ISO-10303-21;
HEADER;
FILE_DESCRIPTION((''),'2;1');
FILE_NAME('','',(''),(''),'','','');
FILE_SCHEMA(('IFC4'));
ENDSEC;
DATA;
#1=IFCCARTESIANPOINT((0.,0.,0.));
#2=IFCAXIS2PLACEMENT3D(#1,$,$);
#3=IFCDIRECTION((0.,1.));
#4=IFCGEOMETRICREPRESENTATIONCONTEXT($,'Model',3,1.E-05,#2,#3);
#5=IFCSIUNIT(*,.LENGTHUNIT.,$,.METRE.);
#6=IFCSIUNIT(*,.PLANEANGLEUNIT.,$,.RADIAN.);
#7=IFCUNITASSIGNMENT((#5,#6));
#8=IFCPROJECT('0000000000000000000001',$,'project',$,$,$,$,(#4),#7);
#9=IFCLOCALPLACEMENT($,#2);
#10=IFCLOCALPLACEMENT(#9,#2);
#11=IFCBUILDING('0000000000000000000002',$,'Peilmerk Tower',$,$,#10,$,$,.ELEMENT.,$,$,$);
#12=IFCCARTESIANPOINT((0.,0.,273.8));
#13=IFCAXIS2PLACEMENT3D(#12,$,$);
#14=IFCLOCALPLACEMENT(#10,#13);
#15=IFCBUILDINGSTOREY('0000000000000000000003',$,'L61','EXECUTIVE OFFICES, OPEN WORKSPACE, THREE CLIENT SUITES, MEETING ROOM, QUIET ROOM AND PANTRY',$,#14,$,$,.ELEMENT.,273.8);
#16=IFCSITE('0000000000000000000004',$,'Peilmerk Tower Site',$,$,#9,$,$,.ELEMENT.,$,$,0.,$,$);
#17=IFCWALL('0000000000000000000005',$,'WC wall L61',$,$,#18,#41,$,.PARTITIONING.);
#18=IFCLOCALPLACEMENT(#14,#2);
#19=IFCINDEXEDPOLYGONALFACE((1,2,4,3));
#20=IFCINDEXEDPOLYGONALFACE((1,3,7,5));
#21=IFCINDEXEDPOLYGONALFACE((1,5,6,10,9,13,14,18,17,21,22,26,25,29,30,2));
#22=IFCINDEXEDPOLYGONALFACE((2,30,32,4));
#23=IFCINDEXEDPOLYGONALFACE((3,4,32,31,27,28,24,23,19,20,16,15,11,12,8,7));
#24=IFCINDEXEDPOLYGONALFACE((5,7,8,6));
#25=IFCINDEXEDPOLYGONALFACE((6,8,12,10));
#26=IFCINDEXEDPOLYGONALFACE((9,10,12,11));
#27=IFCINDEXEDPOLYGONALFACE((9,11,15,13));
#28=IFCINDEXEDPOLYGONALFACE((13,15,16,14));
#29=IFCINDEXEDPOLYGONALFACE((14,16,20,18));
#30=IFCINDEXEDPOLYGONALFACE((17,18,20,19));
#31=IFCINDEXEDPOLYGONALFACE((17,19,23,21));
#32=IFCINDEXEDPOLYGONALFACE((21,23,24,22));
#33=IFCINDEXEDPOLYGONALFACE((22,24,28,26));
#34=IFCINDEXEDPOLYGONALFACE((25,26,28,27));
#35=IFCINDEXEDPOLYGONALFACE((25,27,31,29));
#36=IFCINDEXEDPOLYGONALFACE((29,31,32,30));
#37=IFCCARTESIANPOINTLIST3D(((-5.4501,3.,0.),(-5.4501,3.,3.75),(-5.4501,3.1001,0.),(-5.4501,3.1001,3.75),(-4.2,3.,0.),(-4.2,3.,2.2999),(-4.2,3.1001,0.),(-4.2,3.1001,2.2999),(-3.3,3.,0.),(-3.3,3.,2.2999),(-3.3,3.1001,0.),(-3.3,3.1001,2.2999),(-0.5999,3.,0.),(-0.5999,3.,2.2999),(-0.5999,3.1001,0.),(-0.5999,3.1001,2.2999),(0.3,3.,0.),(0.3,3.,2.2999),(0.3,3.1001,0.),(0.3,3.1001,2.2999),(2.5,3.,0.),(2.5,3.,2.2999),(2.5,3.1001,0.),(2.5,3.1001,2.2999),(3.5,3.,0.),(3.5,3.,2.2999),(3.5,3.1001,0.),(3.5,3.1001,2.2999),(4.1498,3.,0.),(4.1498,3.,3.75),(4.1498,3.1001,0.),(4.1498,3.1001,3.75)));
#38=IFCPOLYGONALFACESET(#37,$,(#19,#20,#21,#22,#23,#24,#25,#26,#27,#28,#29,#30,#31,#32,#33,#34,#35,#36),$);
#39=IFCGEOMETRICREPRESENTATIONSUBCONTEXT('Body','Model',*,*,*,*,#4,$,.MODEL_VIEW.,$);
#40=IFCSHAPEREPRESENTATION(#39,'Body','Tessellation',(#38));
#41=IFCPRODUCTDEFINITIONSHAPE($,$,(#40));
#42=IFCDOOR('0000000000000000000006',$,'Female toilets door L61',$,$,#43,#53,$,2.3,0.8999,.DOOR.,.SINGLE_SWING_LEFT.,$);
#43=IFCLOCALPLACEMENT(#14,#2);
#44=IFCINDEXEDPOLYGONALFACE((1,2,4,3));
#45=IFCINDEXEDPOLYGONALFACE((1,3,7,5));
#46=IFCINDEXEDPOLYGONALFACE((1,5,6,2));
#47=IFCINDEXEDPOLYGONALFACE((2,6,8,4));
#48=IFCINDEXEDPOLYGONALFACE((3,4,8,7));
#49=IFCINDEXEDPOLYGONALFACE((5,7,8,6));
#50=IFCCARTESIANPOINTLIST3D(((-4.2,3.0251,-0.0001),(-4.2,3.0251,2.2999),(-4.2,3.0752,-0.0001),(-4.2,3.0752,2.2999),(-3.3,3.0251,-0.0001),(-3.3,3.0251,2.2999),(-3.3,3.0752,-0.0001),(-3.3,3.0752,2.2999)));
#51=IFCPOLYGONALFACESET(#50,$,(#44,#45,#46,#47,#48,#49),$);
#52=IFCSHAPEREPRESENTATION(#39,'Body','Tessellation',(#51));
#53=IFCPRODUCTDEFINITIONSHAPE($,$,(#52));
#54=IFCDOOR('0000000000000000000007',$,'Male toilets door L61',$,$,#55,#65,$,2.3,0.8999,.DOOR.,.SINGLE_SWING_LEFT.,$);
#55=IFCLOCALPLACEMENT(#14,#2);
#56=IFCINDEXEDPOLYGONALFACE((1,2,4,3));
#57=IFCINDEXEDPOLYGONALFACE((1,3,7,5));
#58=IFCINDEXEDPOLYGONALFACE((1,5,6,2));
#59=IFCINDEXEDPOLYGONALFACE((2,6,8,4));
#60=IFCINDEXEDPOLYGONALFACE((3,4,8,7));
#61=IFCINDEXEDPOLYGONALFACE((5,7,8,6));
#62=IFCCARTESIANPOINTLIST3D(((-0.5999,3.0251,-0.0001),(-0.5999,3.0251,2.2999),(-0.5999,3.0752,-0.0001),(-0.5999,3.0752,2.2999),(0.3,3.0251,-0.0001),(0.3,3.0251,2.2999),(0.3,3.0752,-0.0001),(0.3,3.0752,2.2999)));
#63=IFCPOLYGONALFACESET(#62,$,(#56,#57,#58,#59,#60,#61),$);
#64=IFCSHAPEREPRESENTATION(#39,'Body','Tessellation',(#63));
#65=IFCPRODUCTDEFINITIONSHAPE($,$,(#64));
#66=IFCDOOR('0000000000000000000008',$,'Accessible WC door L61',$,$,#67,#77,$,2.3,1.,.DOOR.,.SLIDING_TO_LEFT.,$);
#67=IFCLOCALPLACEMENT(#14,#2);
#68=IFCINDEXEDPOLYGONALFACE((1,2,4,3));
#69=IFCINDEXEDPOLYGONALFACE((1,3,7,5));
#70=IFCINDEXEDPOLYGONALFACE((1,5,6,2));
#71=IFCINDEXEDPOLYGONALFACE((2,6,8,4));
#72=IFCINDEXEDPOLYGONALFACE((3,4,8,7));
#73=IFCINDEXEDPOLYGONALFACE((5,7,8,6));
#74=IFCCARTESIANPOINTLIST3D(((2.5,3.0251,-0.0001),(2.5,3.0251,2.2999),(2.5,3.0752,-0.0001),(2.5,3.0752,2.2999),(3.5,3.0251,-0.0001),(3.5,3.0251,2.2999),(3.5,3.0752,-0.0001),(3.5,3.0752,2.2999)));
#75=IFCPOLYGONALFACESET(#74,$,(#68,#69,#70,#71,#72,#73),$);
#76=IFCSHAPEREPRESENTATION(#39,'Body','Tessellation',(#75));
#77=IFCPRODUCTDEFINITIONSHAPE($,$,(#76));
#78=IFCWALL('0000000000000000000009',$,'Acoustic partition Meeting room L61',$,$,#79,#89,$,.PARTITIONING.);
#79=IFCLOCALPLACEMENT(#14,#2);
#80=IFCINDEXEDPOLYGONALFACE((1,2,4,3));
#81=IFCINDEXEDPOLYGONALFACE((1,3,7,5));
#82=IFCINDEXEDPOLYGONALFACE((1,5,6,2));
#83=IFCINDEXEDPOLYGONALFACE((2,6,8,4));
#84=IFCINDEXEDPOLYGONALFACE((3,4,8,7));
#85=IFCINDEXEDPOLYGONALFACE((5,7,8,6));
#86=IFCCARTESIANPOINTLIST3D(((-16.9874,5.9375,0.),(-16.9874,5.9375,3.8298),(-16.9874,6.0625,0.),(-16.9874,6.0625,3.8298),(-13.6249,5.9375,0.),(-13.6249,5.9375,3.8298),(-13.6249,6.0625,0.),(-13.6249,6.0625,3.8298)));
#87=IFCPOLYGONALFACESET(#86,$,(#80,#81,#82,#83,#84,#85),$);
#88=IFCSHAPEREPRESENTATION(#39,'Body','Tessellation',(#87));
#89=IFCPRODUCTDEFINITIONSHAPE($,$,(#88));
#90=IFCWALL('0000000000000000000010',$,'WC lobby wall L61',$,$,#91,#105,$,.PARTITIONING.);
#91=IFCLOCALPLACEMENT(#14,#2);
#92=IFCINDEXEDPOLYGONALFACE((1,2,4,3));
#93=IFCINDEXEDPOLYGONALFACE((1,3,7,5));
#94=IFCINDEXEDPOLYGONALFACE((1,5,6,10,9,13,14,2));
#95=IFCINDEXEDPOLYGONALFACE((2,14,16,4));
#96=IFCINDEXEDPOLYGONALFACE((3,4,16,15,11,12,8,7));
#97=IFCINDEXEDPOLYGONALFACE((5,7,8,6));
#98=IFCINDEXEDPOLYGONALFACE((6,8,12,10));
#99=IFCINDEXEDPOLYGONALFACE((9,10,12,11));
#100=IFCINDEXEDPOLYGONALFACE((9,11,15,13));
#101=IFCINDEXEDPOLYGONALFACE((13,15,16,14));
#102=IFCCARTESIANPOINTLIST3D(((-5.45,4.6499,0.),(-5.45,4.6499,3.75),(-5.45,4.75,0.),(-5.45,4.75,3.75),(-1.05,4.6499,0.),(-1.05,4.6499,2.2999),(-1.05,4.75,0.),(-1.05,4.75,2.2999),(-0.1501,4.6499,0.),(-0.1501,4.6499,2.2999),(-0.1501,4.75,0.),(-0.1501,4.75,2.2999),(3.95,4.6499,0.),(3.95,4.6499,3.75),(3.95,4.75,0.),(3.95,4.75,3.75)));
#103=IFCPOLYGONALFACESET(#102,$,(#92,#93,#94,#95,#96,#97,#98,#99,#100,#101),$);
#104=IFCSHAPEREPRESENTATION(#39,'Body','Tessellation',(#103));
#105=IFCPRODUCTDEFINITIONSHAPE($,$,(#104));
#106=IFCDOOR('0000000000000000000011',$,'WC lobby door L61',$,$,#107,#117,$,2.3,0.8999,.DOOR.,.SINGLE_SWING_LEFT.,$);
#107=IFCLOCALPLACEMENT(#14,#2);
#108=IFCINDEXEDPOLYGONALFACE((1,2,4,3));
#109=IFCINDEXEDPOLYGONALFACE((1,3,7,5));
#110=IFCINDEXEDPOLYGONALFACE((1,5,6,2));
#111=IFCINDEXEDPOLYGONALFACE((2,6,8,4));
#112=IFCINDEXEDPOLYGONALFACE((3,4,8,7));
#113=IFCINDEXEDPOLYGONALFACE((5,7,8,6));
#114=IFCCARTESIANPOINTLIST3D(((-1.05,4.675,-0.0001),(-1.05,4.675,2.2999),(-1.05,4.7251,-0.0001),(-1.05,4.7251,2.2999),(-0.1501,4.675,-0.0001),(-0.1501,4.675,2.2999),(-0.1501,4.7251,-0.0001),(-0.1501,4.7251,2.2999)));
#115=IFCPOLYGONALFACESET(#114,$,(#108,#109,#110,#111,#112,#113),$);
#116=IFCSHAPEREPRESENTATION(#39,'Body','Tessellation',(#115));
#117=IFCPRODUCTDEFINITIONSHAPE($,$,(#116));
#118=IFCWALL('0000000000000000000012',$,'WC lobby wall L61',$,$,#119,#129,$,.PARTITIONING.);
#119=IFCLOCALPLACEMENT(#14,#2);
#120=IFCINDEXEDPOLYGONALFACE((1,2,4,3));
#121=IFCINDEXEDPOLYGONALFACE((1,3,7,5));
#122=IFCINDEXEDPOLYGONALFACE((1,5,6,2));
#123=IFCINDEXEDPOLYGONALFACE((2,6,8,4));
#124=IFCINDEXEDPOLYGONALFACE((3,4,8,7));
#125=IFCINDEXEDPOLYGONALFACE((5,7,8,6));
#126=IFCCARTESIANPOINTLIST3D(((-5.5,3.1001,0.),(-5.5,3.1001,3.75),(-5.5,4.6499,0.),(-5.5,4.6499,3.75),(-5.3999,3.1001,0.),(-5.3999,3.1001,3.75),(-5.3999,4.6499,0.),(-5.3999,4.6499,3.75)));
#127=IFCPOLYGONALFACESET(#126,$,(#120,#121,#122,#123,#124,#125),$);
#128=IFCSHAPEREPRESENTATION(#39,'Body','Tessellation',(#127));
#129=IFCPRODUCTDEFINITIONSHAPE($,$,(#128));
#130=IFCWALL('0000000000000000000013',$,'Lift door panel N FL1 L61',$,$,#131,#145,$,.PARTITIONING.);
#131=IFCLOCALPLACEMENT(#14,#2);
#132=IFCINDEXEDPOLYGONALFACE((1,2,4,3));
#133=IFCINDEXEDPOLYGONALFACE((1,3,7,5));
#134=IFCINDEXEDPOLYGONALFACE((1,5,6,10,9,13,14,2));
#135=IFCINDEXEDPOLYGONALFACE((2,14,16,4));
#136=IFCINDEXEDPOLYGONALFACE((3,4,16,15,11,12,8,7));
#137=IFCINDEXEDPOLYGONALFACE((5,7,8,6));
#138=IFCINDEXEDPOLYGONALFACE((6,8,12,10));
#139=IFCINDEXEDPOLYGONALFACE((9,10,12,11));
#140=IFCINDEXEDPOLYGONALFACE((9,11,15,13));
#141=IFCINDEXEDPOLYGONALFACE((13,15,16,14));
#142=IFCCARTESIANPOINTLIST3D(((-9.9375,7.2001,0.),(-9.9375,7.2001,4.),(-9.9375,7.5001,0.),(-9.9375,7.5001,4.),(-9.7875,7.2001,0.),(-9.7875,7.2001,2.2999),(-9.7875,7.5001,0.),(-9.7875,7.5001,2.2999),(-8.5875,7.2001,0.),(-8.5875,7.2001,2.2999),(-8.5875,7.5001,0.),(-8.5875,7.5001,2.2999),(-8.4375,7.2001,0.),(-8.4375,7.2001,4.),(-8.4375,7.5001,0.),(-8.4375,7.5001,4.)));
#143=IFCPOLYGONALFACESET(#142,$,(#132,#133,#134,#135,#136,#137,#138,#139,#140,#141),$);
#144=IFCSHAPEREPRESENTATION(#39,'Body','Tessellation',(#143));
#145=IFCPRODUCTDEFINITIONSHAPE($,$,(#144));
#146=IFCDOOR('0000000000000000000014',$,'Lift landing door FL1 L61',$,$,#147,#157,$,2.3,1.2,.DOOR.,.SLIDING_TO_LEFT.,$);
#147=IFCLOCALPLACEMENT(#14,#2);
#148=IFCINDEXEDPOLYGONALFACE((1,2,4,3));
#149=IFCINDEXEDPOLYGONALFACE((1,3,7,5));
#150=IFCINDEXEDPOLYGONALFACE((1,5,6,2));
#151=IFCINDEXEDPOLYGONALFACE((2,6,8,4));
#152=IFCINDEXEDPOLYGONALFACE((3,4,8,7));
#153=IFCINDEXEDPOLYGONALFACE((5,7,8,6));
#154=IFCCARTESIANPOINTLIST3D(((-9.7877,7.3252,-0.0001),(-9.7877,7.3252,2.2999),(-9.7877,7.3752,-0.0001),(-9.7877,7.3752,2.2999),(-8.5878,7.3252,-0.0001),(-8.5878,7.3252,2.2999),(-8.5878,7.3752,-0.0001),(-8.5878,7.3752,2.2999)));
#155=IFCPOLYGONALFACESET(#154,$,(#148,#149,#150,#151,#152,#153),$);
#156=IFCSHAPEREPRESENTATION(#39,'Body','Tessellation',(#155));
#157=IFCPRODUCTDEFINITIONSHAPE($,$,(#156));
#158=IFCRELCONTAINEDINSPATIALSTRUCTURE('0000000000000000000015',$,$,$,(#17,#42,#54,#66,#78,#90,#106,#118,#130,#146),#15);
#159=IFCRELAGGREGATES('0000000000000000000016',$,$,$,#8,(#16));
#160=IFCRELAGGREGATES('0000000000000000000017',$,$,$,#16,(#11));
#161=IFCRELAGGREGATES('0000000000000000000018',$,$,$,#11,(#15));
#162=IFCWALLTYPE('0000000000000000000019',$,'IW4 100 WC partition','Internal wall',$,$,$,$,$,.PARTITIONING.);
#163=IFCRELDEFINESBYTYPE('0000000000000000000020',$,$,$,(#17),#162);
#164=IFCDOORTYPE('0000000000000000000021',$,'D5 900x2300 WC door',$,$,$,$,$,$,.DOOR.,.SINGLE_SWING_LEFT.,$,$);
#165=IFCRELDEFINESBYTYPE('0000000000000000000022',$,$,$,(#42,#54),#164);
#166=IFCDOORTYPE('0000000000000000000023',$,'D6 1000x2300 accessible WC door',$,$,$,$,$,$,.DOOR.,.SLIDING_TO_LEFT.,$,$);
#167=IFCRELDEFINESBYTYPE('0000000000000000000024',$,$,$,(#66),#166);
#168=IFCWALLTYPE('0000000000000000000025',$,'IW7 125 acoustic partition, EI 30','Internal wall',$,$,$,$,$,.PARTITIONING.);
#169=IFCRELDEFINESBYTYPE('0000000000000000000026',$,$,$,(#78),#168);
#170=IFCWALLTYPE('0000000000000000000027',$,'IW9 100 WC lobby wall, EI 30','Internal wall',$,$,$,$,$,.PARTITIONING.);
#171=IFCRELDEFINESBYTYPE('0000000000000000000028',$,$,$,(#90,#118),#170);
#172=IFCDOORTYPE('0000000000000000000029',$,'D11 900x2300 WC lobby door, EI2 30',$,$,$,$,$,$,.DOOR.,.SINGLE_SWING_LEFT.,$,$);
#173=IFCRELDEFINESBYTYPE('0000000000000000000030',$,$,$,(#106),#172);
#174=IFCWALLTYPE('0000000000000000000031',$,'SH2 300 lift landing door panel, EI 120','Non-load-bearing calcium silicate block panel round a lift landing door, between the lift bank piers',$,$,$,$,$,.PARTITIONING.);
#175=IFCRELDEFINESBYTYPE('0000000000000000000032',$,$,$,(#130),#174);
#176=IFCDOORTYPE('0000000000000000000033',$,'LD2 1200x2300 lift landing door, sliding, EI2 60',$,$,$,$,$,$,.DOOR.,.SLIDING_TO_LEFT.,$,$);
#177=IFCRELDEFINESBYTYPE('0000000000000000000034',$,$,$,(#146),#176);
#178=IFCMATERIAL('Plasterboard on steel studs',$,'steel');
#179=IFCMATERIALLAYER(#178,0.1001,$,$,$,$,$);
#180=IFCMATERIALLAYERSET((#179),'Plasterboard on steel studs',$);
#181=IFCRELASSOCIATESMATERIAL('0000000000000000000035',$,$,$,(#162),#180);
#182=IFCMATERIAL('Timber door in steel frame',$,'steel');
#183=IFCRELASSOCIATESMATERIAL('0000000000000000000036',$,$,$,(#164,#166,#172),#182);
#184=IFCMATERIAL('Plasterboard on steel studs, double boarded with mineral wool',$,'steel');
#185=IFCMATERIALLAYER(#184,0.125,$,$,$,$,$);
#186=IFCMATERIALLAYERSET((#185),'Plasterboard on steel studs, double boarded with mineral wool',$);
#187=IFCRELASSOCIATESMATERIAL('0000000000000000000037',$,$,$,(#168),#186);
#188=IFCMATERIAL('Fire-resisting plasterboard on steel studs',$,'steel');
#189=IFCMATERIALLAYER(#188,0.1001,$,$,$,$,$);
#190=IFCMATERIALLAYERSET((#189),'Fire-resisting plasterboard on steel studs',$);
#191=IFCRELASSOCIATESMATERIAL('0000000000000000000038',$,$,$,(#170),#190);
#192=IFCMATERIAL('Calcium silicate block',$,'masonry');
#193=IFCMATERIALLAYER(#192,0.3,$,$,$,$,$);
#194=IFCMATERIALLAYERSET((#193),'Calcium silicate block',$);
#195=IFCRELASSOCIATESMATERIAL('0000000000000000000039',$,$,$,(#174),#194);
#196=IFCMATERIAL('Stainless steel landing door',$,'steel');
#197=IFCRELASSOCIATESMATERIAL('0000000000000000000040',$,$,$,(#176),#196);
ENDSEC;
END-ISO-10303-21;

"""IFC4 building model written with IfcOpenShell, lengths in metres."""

from ifc_helpers import new_model, si_unit, direction, frame, frame_2d, origin, place, context, subcontext, project, spatial, rectangle, extrude, material, layer, layer_set, type_object, element, fill, save


model = new_model("IFC4")

# Units and contexts
model_context = context("Model", 3, precision=1e-05, world=origin(), true_north=direction((0.0, 1.0)))
body_context = subcontext(model_context, "Body", "Model", "MODEL_VIEW")
ifc_project = project(units=[si_unit("LENGTHUNIT", "METRE"), si_unit("PLANEANGLEUNIT", "RADIAN")], contexts=[model_context])

# Site, building, storey
site_placement = place(None, origin())
site = spatial("IfcSite", under=ifc_project, at=site_placement, Name="Peilmerk Tower Site", CompositionType="ELEMENT", RefElevation=0.0)
building_placement = place(site_placement, origin())
building = spatial("IfcBuilding", under=site, at=building_placement, Name="Peilmerk Tower", CompositionType="ELEMENT")
storey_placement = place(building_placement, frame((0.0, 0.0, 273.8)))
storey = spatial("IfcBuildingStorey", under=building, at=storey_placement, Name="L61", Description="EXECUTIVE OFFICES, OPEN WORKSPACE, THREE CLIENT SUITES, MEETING ROOM, QUIET ROOM AND PANTRY", CompositionType="ELEMENT", Elevation=273.8)

# Wall, openings, doors
ifc_material_1 = material(Name="Plasterboard on steel studs", Category="steel")
ifc_layer_1 = layer(ifc_material_1, 0.1001)
ifc_layer_set_1 = layer_set([ifc_layer_1], Name="Plasterboard on steel studs")
wall_type_1 = type_object("IfcWallType", Name="IW4 100 WC partition", Description="Internal wall", PredefinedType="PARTITIONING", material=ifc_layer_set_1)
wall_1_placement = place(storey_placement, frame((-5.45, 3.05, 0.0), z_axis=(0.0, 0.0, 1.0), x_axis=(1.0, 0.0, 0.0)))
wall_1 = element("IfcWall", 1, at=wall_1_placement, inside=storey, type_object=wall_type_1, Name="WC wall L61", PredefinedType="PARTITIONING", context=body_context, shape_type="SweptSolid", body=[
    extrude(rectangle(XDim=9.5999, YDim=0.1001, at=frame_2d((4.7998, 0.0))), origin(), (0.0, 0.0, 1.0), 3.75),
])
opening_1_placement = place(wall_1_placement, frame((1.25, 0.0, 0.0)))
opening_1 = element("IfcOpeningElement", 2, at=opening_1_placement, cuts=wall_1, PredefinedType="OPENING", context=body_context, shape_type="SweptSolid", body=[
    extrude(rectangle(XDim=0.8999, YDim=2.3, at=frame_2d((0.45, 1.1499))), frame((0.0, 0.0601, 0.0), z_axis=(0.0, -1.0, 0.0), x_axis=(1.0, 0.0, 0.0)), (0.0, 0.0, 1.0), 0.1201),
])
opening_2_placement = place(wall_1_placement, frame((4.8501, 0.0, 0.0)))
opening_2 = element("IfcOpeningElement", 3, at=opening_2_placement, cuts=wall_1, PredefinedType="OPENING", context=body_context, shape_type="SweptSolid", body=[
    extrude(rectangle(XDim=0.8999, YDim=2.3, at=frame_2d((0.45, 1.1499))), frame((0.0, 0.0601, 0.0), z_axis=(0.0, -1.0, 0.0), x_axis=(1.0, 0.0, 0.0)), (0.0, 0.0, 1.0), 0.1201),
])
opening_3_placement = place(wall_1_placement, frame((7.95, 0.0, 0.0)))
opening_3 = element("IfcOpeningElement", 4, at=opening_3_placement, cuts=wall_1, PredefinedType="OPENING", context=body_context, shape_type="SweptSolid", body=[
    extrude(rectangle(XDim=1.0, YDim=2.3, at=frame_2d((0.5, 1.1499))), frame((0.0, 0.0601, 0.0), z_axis=(0.0, -1.0, 0.0), x_axis=(1.0, 0.0, 0.0)), (0.0, 0.0, 1.0), 0.1201),
])
ifc_material_2 = material(Name="Timber door in steel frame", Category="steel")
door_type_1 = type_object("IfcDoorType", Name="D5 900x2300 WC door", OperationType="SINGLE_SWING_LEFT", PredefinedType="DOOR", material=ifc_material_2)
door_1_placement = place(opening_1_placement, frame((0.8999, 0.0, 0.0), z_axis=(0.0, 0.0, 1.0), x_axis=(-1.0, 0.0, 0.0)))
door_1 = element("IfcDoor", 5, at=door_1_placement, inside=storey, type_object=door_type_1, Name="Female toilets door L61", OperationType="SINGLE_SWING_LEFT", OverallHeight=2.3, OverallWidth=0.8999, PredefinedType="DOOR", context=body_context, shape_type="SweptSolid", body=[
    extrude(rectangle(XDim=0.8999, YDim=2.3, at=frame_2d((0.45, 1.1499))), frame((0.0, 0.0249, 0.0), z_axis=(0.0, -1.0, 0.0), x_axis=(1.0, 0.0, 0.0)), (0.0, 0.0, 1.0), 0.05),
])
fill(opening_1, door_1)
door_2_placement = place(opening_2_placement, frame((0.8999, 0.0, 0.0), z_axis=(0.0, 0.0, 1.0), x_axis=(-1.0, 0.0, 0.0)))
door_2 = element("IfcDoor", 6, at=door_2_placement, inside=storey, type_object=door_type_1, Name="Male toilets door L61", OperationType="SINGLE_SWING_LEFT", OverallHeight=2.3, OverallWidth=0.8999, PredefinedType="DOOR", context=body_context, shape_type="SweptSolid", body=[
    extrude(rectangle(XDim=0.8999, YDim=2.3, at=frame_2d((0.45, 1.1499))), frame((0.0, 0.0249, 0.0), z_axis=(0.0, -1.0, 0.0), x_axis=(1.0, 0.0, 0.0)), (0.0, 0.0, 1.0), 0.05),
])
fill(opening_2, door_2)
door_type_2 = type_object("IfcDoorType", Name="D6 1000x2300 accessible WC door", OperationType="SLIDING_TO_LEFT", PredefinedType="DOOR", material=ifc_material_2)
door_3_placement = place(opening_3_placement, frame((1.0, 0.0, 0.0), z_axis=(0.0, 0.0, 1.0), x_axis=(-1.0, 0.0, 0.0)))
door_3 = element("IfcDoor", 7, at=door_3_placement, inside=storey, type_object=door_type_2, Name="Accessible WC door L61", OperationType="SLIDING_TO_LEFT", OverallHeight=2.3, OverallWidth=1.0, PredefinedType="DOOR", context=body_context, shape_type="SweptSolid", body=[
    extrude(rectangle(XDim=1.0, YDim=2.3, at=frame_2d((0.5, 1.1499))), frame((0.0, 0.0249, 0.0), z_axis=(0.0, -1.0, 0.0), x_axis=(1.0, 0.0, 0.0)), (0.0, 0.0, 1.0), 0.05),
])
fill(opening_3, door_3)

# Wall
ifc_material_3 = material(Name="Plasterboard on steel studs, double boarded with mineral wool", Category="steel")
ifc_layer_2 = layer(ifc_material_3, 0.125)
ifc_layer_set_2 = layer_set([ifc_layer_2], Name="Plasterboard on steel studs, double boarded with mineral wool")
wall_type_2 = type_object("IfcWallType", Name="IW7 125 acoustic partition, EI 30", Description="Internal wall", PredefinedType="PARTITIONING", material=ifc_layer_set_2)
wall_2_placement = place(storey_placement, frame((-13.625, 6.0, 0.0), z_axis=(0.0, 0.0, 1.0), x_axis=(-1.0, 0.0, 0.0)))
element("IfcWall", 8, at=wall_2_placement, inside=storey, type_object=wall_type_2, Name="Acoustic partition Meeting room L61", PredefinedType="PARTITIONING", context=body_context, shape_type="SweptSolid", body=[
    extrude(rectangle(XDim=3.3625, YDim=0.125, at=frame_2d((1.6812, 0.0))), origin(), (0.0, 0.0, 1.0), 3.8298),
])

# Wall, opening, door
ifc_material_4 = material(Name="Fire-resisting plasterboard on steel studs", Category="steel")
ifc_layer_3 = layer(ifc_material_4, 0.1001)
ifc_layer_set_3 = layer_set([ifc_layer_3], Name="Fire-resisting plasterboard on steel studs")
wall_type_3 = type_object("IfcWallType", Name="IW9 100 WC lobby wall, EI 30", Description="Internal wall", PredefinedType="PARTITIONING", material=ifc_layer_set_3)
wall_3_placement = place(storey_placement, frame((-5.45, 4.7, 0.0), z_axis=(0.0, 0.0, 1.0), x_axis=(1.0, 0.0, 0.0)))
wall_3 = element("IfcWall", 9, at=wall_3_placement, inside=storey, type_object=wall_type_3, Name="WC lobby wall L61", PredefinedType="PARTITIONING", context=body_context, shape_type="SweptSolid", body=[
    extrude(rectangle(XDim=9.3999, YDim=0.1001, at=frame_2d((4.7, 0.0))), origin(), (0.0, 0.0, 1.0), 3.75),
])
opening_4_placement = place(wall_3_placement, frame((4.3999, 0.0, 0.0)))
opening_4 = element("IfcOpeningElement", 10, at=opening_4_placement, cuts=wall_3, PredefinedType="OPENING", context=body_context, shape_type="SweptSolid", body=[
    extrude(rectangle(XDim=0.8999, YDim=2.3, at=frame_2d((0.45, 1.1499))), frame((0.0, 0.0601, 0.0), z_axis=(0.0, -1.0, 0.0), x_axis=(1.0, 0.0, 0.0)), (0.0, 0.0, 1.0), 0.1201),
])
door_type_3 = type_object("IfcDoorType", Name="D11 900x2300 WC lobby door, EI2 30", OperationType="SINGLE_SWING_LEFT", PredefinedType="DOOR", material=ifc_material_2)
door_4_placement = place(opening_4_placement, frame((0.8999, 0.0, 0.0), z_axis=(0.0, 0.0, 1.0), x_axis=(-1.0, 0.0, 0.0)))
door_4 = element("IfcDoor", 11, at=door_4_placement, inside=storey, type_object=door_type_3, Name="WC lobby door L61", OperationType="SINGLE_SWING_LEFT", OverallHeight=2.3, OverallWidth=0.8999, PredefinedType="DOOR", context=body_context, shape_type="SweptSolid", body=[
    extrude(rectangle(XDim=0.8999, YDim=2.3, at=frame_2d((0.45, 1.1499))), frame((0.0, 0.0249, 0.0), z_axis=(0.0, -1.0, 0.0), x_axis=(1.0, 0.0, 0.0)), (0.0, 0.0, 1.0), 0.05),
])
fill(opening_4, door_4)

# Wall
wall_4_placement = place(storey_placement, frame((-5.45, 3.1001, 0.0), z_axis=(0.0, 0.0, 1.0), x_axis=(0.0, 1.0, 0.0)))
element("IfcWall", 12, at=wall_4_placement, inside=storey, type_object=wall_type_3, Name="WC lobby wall L61", PredefinedType="PARTITIONING", context=body_context, shape_type="SweptSolid", body=[
    extrude(rectangle(XDim=1.5498, YDim=0.1001, at=frame_2d((0.7749, 0.0))), origin(), (0.0, 0.0, 1.0), 3.75),
])

# Wall, opening, door
ifc_material_5 = material(Name="Calcium silicate block", Category="masonry")
ifc_layer_4 = layer(ifc_material_5, 0.3)
ifc_layer_set_4 = layer_set([ifc_layer_4], Name="Calcium silicate block")
wall_type_4 = type_object("IfcWallType", Name="SH2 300 lift landing door panel, EI 120", Description="Non-load-bearing calcium silicate block panel round a lift landing door, between the lift bank piers", PredefinedType="PARTITIONING", material=ifc_layer_set_4)
wall_5_placement = place(storey_placement, frame((-9.9375, 7.3501, 0.0), z_axis=(0.0, 0.0, 1.0), x_axis=(1.0, 0.0, 0.0)))
wall_5 = element("IfcWall", 13, at=wall_5_placement, inside=storey, type_object=wall_type_4, Name="Lift door panel N FL1 L61", PredefinedType="PARTITIONING", context=body_context, shape_type="SweptSolid", body=[
    extrude(rectangle(XDim=1.5, YDim=0.3, at=frame_2d((0.75, 0.0))), origin(), (0.0, 0.0, 1.0), 4.0),
])
opening_5_placement = place(wall_5_placement, frame((0.1499, 0.0, 0.0)))
opening_5 = element("IfcOpeningElement", 14, at=opening_5_placement, cuts=wall_5, PredefinedType="OPENING", context=body_context, shape_type="SweptSolid", body=[
    extrude(rectangle(XDim=1.2, YDim=2.3, at=frame_2d((0.6001, 1.1499))), frame((0.0, 0.1599, 0.0), z_axis=(0.0, -1.0, 0.0), x_axis=(1.0, 0.0, 0.0)), (0.0, 0.0, 1.0), 0.3201),
])
ifc_material_6 = material(Name="Stainless steel landing door", Category="steel")
door_type_4 = type_object("IfcDoorType", Name="LD2 1200x2300 lift landing door, sliding, EI2 60", OperationType="SLIDING_TO_LEFT", PredefinedType="DOOR", material=ifc_material_6)
door_5_placement = place(opening_5_placement, frame((1.2, 0.0, 0.0), z_axis=(0.0, 0.0, 1.0), x_axis=(-1.0, 0.0, 0.0)))
door_5 = element("IfcDoor", 15, at=door_5_placement, inside=storey, type_object=door_type_4, Name="Lift landing door FL1 L61", OperationType="SLIDING_TO_LEFT", OverallHeight=2.3, OverallWidth=1.2, PredefinedType="DOOR", context=body_context, shape_type="SweptSolid", body=[
    extrude(rectangle(XDim=1.2, YDim=2.3, at=frame_2d((0.6001, 1.1499))), frame((0.0, 0.0249, 0.0), z_axis=(0.0, -1.0, 0.0), x_axis=(1.0, 0.0, 0.0)), (0.0, 0.0, 1.0), 0.05),
])
fill(opening_5, door_5)

save(model, "model.ifc")
